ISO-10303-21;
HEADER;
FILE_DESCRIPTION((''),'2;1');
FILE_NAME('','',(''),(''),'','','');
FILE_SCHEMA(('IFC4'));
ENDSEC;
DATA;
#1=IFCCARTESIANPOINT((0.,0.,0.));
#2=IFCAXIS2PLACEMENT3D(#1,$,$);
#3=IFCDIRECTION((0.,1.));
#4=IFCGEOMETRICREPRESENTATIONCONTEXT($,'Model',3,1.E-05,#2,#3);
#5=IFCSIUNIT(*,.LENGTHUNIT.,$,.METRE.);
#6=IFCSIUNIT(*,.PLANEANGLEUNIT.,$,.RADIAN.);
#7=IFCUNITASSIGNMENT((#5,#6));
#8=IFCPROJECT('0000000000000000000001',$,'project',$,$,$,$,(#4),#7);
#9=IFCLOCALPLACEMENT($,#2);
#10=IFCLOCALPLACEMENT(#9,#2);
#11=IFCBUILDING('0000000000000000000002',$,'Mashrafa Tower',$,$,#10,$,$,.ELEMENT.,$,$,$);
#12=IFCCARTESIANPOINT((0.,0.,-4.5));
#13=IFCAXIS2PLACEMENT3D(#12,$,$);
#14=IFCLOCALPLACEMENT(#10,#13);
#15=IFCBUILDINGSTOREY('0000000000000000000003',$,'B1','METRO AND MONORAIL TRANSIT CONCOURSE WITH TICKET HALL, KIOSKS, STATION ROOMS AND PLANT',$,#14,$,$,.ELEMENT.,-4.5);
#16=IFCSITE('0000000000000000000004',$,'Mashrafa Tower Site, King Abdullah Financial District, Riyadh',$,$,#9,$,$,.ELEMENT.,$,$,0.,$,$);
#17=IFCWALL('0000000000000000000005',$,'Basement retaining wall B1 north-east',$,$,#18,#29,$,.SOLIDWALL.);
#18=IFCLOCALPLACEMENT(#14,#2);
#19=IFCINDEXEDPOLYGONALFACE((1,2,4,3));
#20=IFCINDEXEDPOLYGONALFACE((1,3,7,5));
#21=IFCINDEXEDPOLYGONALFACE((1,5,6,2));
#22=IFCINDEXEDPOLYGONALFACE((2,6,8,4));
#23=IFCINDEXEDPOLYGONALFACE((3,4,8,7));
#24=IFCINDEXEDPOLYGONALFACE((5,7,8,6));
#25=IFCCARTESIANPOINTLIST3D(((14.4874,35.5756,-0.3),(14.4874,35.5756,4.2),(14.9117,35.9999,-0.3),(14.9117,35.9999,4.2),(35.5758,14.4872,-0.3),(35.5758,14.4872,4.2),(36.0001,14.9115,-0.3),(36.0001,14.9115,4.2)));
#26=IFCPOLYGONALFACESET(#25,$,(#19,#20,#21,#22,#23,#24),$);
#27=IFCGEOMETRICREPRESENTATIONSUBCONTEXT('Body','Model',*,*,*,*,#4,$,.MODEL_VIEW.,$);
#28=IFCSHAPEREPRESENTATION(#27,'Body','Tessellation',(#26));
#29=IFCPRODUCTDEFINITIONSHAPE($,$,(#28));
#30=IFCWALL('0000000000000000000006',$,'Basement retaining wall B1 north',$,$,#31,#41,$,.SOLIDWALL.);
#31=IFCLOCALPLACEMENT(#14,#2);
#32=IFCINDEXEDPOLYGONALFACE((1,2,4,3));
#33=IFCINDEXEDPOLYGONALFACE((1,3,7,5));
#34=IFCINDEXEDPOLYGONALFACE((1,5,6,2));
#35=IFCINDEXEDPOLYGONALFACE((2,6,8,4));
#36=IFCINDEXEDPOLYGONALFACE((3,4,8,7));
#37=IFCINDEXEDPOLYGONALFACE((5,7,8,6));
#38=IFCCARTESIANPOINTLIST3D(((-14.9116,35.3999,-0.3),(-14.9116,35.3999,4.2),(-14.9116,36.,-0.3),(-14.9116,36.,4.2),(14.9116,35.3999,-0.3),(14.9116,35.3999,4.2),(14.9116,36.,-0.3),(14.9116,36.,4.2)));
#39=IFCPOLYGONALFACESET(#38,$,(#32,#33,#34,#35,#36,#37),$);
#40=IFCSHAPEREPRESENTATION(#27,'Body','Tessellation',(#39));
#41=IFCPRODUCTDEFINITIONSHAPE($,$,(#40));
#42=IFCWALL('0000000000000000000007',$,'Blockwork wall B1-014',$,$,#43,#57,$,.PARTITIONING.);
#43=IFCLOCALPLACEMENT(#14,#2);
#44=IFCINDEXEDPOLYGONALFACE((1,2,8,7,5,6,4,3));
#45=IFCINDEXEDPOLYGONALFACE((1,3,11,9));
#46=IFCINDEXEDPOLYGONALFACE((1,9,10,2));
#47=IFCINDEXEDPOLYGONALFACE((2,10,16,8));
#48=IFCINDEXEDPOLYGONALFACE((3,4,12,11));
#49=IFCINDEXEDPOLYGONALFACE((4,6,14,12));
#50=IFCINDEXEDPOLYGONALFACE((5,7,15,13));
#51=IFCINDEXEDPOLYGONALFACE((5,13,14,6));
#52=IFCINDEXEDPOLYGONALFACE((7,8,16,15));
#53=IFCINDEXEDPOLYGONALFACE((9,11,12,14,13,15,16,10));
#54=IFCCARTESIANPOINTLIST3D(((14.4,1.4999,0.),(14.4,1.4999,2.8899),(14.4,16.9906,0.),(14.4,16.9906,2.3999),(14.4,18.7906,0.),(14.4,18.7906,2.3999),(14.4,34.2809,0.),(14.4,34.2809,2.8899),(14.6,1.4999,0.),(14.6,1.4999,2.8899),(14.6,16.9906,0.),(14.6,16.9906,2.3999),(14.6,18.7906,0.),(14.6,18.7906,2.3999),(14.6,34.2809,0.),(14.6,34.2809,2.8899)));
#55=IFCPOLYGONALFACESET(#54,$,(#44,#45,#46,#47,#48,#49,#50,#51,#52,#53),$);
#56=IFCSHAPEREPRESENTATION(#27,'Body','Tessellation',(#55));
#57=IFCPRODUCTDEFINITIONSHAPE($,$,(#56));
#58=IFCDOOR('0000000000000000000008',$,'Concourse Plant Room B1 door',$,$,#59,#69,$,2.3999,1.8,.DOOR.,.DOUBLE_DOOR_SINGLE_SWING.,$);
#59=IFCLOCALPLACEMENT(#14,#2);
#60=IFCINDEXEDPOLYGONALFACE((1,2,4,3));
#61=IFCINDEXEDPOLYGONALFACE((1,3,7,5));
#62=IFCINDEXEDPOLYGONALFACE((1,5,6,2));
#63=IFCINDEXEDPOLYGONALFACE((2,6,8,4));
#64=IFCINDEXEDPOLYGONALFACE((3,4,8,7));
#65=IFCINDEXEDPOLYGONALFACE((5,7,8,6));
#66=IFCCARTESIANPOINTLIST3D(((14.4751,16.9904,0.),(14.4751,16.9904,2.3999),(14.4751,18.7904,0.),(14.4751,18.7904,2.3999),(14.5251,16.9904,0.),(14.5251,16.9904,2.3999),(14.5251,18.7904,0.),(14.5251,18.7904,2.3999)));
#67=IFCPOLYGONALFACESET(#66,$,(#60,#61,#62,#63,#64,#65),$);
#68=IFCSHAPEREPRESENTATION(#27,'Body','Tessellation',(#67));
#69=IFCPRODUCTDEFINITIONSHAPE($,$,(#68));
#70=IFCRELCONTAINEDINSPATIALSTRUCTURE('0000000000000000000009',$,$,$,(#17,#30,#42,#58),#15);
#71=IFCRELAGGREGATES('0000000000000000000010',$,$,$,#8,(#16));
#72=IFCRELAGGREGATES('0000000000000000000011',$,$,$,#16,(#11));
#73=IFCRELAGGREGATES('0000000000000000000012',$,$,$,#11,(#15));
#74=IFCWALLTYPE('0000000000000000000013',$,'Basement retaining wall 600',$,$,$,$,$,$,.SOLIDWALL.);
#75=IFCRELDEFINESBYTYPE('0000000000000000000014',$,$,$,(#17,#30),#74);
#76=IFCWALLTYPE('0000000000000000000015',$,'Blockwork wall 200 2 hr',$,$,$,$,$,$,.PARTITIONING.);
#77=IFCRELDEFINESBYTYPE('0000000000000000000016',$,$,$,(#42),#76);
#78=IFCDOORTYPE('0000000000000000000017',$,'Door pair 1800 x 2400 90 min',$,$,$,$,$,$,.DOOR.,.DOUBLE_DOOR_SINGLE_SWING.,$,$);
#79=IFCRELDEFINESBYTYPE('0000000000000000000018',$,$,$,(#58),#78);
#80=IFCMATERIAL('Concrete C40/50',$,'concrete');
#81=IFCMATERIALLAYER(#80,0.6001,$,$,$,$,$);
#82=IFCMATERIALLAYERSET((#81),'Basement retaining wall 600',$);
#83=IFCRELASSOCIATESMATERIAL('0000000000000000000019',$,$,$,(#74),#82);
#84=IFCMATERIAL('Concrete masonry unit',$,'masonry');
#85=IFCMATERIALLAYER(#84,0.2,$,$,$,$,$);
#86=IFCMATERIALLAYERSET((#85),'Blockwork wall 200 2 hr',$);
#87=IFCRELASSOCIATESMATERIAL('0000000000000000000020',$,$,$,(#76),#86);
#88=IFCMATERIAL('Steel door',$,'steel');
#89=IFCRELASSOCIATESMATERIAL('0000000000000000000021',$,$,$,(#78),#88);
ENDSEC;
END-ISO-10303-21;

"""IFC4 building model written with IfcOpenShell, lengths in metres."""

from ifc_helpers import new_model, si_unit, direction, frame, frame_2d, origin, place, context, subcontext, project, spatial, rectangle, extrude, material, layer, layer_set, type_object, element, fill, save


model = new_model("IFC4")

# Units and contexts
model_context = context("Model", 3, precision=1e-05, world=origin(), true_north=direction((0.0, 1.0)))
body_context = subcontext(model_context, "Body", "Model", "MODEL_VIEW")
ifc_project = project(units=[si_unit("LENGTHUNIT", "METRE"), si_unit("PLANEANGLEUNIT", "RADIAN")], contexts=[model_context])

# Site, building, storey
site_placement = place(None, origin())
site = spatial("IfcSite", under=ifc_project, at=site_placement, Name="Mashrafa Tower Site, King Abdullah Financial District, Riyadh", CompositionType="ELEMENT", RefElevation=0.0)
building_placement = place(site_placement, origin())
building = spatial("IfcBuilding", under=site, at=building_placement, Name="Mashrafa Tower", CompositionType="ELEMENT")
storey_placement = place(building_placement, frame((0.0, 0.0, -4.5)))
storey = spatial("IfcBuildingStorey", under=building, at=storey_placement, Name="B1", Description="METRO AND MONORAIL TRANSIT CONCOURSE WITH TICKET HALL, KIOSKS, STATION ROOMS AND PLANT", CompositionType="ELEMENT", Elevation=-4.5)

# Walls
ifc_material_1 = material(Name="Concrete C40/50", Category="concrete")
ifc_layer_1 = layer(ifc_material_1, 0.6001)
ifc_layer_set_1 = layer_set([ifc_layer_1], Name="Basement retaining wall 600")
wall_type_1 = type_object("IfcWallType", Name="Basement retaining wall 600", PredefinedType="SOLIDWALL", material=ifc_layer_set_1)
wall_1_placement = place(storey_placement, frame((35.7878, 14.6995, -0.3), z_axis=(0.0, 0.0, 1.0), x_axis=(-0.707107, 0.707107, 0.0)))
element("IfcWall", 1, at=wall_1_placement, inside=storey, type_object=wall_type_1, Name="Basement retaining wall B1 north-east", PredefinedType="SOLIDWALL", context=body_context, shape_type="SweptSolid", body=[
    extrude(rectangle(XDim=29.8235, YDim=0.6001, at=frame_2d((14.9116, 0.0))), origin(), (0.0, 0.0, 1.0), 4.5),
])
wall_2_placement = place(storey_placement, frame((14.9116, 35.7, -0.3), z_axis=(0.0, 0.0, 1.0), x_axis=(-1.0, 0.0, 0.0)))
element("IfcWall", 2, at=wall_2_placement, inside=storey, type_object=wall_type_1, Name="Basement retaining wall B1 north", PredefinedType="SOLIDWALL", context=body_context, shape_type="SweptSolid", body=[
    extrude(rectangle(XDim=29.8232, YDim=0.6001, at=frame_2d((14.9116, 0.0))), origin(), (0.0, 0.0, 1.0), 4.5),
])

# Wall, opening, door
ifc_material_2 = material(Name="Concrete masonry unit", Category="masonry")
ifc_layer_2 = layer(ifc_material_2, 0.2)
ifc_layer_set_2 = layer_set([ifc_layer_2], Name="Blockwork wall 200 2 hr")
wall_type_2 = type_object("IfcWallType", Name="Blockwork wall 200 2 hr", PredefinedType="PARTITIONING", material=ifc_layer_set_2)
wall_3_placement = place(storey_placement, frame((14.5, 34.281, 0.0), z_axis=(0.0, 0.0, 1.0), x_axis=(0.0, -1.0, 0.0)))
wall_3 = element("IfcWall", 3, at=wall_3_placement, inside=storey, type_object=wall_type_2, Name="Blockwork wall B1-014", PredefinedType="PARTITIONING", context=body_context, shape_type="SweptSolid", body=[
    extrude(rectangle(XDim=32.781, YDim=0.2, at=frame_2d((16.3906, 0.0))), origin(), (0.0, 0.0, 1.0), 2.8899),
])
opening_placement = place(wall_3_placement, frame((15.4905, 0.0, 0.0)))
opening = element("IfcOpeningElement", 4, at=opening_placement, cuts=wall_3, PredefinedType="OPENING", context=body_context, shape_type="SweptSolid", body=[
    extrude(rectangle(XDim=1.8, YDim=2.3999, at=frame_2d((0.8999, 1.2))), frame((0.0, 0.1099, 0.0), z_axis=(0.0, -1.0, 0.0), x_axis=(1.0, 0.0, 0.0)), (0.0, 0.0, 1.0), 0.22),
])
ifc_material_3 = material(Name="Steel door", Category="steel")
door_type = type_object("IfcDoorType", Name="Door pair 1800 x 2400 90 min", OperationType="DOUBLE_DOOR_SINGLE_SWING", PredefinedType="DOOR", material=ifc_material_3)
door_placement = place(opening_placement, frame((1.8, 0.0, 0.0), z_axis=(0.0, 0.0, 1.0), x_axis=(-1.0, 0.0, 0.0)))
door = element("IfcDoor", 5, at=door_placement, inside=storey, type_object=door_type, Name="Concourse Plant Room B1 door", OperationType="DOUBLE_DOOR_SINGLE_SWING", OverallHeight=2.3999, OverallWidth=1.8, PredefinedType="DOOR", context=body_context, shape_type="SweptSolid", body=[
    extrude(rectangle(XDim=1.8, YDim=2.3999, at=frame_2d((0.8999, 1.2))), frame((0.0, 0.0249, 0.0), z_axis=(0.0, -1.0, 0.0), x_axis=(1.0, 0.0, 0.0)), (0.0, 0.0, 1.0), 0.05),
])
fill(opening, door)

save(model, "model.ifc")
